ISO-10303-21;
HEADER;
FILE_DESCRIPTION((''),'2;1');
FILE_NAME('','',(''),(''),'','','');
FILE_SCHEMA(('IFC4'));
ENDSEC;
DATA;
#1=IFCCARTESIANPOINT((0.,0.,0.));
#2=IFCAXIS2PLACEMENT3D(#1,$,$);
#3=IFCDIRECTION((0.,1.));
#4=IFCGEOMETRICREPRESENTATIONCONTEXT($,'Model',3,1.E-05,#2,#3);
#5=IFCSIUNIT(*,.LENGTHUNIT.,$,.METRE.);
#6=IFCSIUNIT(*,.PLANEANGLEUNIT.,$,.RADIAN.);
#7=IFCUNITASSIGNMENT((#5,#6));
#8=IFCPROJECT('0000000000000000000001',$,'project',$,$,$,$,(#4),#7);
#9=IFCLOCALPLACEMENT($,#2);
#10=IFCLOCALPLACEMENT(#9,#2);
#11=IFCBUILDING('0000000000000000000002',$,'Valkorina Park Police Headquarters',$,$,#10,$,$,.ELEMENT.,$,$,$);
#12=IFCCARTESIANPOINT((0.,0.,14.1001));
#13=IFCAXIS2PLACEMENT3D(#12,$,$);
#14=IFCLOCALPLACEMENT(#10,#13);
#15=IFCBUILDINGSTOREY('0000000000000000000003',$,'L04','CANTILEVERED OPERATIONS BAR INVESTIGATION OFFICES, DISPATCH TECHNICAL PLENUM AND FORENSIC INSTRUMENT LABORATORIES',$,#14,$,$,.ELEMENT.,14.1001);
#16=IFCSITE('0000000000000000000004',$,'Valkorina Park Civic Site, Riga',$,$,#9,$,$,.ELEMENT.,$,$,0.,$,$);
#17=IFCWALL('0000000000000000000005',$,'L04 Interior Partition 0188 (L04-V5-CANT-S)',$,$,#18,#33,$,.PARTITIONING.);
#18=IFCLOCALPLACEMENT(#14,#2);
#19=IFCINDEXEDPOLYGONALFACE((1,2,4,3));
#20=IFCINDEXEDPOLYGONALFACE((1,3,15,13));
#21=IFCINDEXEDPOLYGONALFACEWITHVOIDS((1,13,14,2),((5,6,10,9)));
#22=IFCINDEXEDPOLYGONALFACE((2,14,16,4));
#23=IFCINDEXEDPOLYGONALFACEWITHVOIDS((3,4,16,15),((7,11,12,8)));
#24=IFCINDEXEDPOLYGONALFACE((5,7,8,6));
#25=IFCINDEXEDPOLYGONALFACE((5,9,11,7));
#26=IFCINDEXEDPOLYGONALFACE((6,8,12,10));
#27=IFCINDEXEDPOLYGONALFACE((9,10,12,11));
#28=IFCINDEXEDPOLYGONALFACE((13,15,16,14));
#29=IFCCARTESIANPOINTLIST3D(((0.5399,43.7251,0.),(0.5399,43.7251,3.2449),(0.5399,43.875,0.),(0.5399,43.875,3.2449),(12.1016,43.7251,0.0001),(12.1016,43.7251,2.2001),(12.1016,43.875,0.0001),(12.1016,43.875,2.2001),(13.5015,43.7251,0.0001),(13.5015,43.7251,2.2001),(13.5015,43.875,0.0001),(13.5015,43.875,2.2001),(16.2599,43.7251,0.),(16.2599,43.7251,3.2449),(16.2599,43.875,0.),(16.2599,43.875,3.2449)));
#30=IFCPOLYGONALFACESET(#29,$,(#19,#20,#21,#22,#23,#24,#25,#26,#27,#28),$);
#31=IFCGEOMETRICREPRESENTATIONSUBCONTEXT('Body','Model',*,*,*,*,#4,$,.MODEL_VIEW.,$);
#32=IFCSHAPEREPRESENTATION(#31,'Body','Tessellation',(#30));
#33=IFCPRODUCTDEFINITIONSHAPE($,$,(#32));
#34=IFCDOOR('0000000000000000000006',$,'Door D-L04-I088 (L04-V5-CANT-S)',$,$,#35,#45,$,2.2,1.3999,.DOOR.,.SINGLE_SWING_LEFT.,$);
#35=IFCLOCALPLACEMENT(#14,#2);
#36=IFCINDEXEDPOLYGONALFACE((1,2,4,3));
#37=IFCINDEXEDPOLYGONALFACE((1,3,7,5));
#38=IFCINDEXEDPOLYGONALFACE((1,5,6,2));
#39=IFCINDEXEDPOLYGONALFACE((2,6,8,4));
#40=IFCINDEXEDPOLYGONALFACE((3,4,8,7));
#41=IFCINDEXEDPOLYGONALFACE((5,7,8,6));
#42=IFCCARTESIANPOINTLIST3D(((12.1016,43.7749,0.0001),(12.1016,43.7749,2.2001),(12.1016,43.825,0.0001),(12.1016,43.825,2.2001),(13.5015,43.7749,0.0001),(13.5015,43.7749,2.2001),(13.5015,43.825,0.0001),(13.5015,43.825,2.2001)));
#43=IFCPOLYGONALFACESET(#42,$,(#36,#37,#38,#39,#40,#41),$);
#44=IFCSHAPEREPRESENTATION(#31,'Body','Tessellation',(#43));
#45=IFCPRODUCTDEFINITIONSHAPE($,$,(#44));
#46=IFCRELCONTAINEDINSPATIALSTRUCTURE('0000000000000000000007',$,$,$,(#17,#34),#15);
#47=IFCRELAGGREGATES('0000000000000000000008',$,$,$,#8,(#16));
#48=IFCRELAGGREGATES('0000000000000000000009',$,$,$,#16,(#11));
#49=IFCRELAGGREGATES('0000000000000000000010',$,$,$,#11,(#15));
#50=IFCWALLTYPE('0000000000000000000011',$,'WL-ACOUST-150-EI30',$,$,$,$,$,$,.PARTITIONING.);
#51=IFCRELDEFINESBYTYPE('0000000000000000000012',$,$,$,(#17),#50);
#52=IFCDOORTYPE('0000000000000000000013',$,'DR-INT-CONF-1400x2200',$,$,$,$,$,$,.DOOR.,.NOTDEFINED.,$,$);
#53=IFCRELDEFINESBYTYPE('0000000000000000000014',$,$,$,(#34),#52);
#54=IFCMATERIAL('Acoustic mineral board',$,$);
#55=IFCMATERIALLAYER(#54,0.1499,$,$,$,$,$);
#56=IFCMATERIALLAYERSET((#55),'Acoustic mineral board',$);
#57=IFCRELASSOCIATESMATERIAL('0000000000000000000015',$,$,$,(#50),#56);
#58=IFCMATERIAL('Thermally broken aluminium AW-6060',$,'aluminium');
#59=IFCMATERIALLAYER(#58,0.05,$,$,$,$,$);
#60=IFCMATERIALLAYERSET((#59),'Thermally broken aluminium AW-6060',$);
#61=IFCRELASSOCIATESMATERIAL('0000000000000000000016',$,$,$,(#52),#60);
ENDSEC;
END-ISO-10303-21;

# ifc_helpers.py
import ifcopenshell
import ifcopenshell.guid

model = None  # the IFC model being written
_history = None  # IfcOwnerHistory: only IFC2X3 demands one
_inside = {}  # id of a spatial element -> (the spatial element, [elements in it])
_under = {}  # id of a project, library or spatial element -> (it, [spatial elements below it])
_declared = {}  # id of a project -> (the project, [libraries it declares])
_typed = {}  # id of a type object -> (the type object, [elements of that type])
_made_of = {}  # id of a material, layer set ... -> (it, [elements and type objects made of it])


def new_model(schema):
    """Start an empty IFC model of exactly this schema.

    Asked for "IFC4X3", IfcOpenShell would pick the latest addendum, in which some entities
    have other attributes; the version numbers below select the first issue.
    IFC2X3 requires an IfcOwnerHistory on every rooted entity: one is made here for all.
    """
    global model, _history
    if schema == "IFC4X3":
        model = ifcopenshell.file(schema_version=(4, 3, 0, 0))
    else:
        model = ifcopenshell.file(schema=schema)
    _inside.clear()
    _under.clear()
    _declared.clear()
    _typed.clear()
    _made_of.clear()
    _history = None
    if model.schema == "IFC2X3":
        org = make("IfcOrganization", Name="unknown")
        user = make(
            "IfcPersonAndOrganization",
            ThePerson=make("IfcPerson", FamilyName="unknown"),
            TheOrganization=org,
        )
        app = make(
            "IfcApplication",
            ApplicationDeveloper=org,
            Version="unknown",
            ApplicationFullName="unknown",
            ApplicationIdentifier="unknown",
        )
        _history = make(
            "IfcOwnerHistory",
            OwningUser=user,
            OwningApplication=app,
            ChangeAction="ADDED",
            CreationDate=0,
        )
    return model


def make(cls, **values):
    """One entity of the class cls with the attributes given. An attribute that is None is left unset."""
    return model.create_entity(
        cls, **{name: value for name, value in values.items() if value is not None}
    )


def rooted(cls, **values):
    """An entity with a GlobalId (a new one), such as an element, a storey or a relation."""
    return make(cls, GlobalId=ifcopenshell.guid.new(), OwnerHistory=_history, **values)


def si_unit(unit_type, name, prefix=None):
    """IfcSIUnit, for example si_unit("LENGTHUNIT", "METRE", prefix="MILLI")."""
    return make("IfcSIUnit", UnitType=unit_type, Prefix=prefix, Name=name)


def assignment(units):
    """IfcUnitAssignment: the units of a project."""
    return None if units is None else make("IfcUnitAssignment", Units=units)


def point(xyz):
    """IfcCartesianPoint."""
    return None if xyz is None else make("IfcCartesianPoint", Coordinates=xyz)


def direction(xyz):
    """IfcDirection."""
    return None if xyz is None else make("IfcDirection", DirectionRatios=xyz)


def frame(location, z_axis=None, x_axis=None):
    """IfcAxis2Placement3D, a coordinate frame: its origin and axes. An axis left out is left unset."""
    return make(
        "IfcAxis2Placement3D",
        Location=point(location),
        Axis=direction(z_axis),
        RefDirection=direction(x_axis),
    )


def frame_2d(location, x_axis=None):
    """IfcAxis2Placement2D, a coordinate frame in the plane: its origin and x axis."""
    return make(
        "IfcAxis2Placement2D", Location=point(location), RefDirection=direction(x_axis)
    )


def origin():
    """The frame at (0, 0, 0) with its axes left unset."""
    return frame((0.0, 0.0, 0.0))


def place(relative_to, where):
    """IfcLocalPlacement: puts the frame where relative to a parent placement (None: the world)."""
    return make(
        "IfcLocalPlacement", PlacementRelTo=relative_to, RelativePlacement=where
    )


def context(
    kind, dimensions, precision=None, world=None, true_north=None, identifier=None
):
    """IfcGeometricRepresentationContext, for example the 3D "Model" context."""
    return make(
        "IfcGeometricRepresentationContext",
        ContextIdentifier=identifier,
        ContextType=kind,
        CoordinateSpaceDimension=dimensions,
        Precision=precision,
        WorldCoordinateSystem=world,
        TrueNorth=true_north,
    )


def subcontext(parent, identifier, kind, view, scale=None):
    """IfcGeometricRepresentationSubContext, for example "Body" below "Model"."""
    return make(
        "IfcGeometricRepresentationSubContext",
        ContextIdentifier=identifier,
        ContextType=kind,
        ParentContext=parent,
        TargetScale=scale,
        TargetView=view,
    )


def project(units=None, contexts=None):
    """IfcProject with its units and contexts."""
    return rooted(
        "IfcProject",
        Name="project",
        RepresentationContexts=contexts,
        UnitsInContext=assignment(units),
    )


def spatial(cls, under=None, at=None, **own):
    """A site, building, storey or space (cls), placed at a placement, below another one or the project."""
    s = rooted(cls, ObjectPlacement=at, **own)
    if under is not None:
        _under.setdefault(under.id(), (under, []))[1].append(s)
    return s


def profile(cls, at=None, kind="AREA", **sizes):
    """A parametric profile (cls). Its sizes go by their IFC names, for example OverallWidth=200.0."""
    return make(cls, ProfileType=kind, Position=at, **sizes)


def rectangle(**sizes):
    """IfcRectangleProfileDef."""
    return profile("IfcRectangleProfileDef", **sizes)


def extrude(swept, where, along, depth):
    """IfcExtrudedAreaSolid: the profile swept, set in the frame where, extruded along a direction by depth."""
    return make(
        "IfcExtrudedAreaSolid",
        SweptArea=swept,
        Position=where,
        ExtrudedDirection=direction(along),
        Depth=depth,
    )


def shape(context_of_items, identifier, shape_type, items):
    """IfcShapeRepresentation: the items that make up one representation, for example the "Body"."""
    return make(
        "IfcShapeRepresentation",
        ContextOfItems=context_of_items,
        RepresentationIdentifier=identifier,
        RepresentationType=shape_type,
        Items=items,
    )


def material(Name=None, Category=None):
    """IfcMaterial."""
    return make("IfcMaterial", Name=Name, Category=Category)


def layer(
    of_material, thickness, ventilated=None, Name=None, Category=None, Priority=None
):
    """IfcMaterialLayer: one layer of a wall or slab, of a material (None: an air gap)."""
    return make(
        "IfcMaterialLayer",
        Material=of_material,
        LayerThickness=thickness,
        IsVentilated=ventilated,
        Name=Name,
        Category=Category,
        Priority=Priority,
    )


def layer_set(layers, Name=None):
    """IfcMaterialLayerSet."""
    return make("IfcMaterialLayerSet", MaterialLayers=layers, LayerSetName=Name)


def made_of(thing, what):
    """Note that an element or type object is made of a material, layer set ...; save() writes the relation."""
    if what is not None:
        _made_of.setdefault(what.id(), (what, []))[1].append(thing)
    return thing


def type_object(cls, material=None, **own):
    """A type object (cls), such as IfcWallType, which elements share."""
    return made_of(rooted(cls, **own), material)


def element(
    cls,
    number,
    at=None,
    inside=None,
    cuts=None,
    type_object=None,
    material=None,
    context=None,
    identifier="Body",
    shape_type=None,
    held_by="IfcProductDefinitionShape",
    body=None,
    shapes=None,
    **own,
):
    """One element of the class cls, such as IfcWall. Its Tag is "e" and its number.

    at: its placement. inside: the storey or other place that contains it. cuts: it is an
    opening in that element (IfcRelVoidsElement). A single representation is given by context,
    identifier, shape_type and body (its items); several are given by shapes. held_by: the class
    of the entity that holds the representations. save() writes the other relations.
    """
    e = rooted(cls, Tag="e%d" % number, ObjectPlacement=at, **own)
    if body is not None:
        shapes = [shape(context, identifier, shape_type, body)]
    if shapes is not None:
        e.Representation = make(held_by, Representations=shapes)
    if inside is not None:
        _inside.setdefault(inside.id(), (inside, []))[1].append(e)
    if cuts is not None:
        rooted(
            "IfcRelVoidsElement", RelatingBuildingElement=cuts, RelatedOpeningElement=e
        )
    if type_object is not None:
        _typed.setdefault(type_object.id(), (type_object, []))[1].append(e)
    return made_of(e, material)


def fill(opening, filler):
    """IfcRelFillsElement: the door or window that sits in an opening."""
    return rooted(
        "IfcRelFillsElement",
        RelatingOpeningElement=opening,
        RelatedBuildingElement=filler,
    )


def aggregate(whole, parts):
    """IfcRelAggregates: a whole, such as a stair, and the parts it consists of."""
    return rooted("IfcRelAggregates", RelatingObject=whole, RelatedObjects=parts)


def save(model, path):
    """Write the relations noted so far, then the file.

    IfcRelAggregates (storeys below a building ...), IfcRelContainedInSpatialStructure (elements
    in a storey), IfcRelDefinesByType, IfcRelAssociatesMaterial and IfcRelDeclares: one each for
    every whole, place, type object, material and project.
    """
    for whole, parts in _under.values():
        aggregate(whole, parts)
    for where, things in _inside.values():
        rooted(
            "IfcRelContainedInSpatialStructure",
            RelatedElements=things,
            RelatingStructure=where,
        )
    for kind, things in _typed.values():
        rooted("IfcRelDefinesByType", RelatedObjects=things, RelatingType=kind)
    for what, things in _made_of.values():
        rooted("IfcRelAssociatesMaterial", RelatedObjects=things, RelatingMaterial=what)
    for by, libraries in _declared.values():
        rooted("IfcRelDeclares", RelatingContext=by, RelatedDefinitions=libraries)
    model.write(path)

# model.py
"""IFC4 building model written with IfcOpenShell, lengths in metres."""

from ifc_helpers import new_model, si_unit, direction, frame, frame_2d, origin, place, context, subcontext, project, spatial, rectangle, extrude, material, layer, layer_set, type_object, element, fill, save


model = new_model("IFC4")

# Units and contexts
model_context = context("Model", 3, precision=1e-05, world=origin(), true_north=direction((0.0, 1.0)))
body_context = subcontext(model_context, "Body", "Model", "MODEL_VIEW")
ifc_project = project(units=[si_unit("LENGTHUNIT", "METRE"), si_unit("PLANEANGLEUNIT", "RADIAN")], contexts=[model_context])

# Site, building, storey
site_placement = place(None, origin())
site = spatial("IfcSite", under=ifc_project, at=site_placement, Name="Valkorina Park Civic Site, Riga", CompositionType="ELEMENT", RefElevation=0.0)
building_placement = place(site_placement, origin())
building = spatial("IfcBuilding", under=site, at=building_placement, Name="Valkorina Park Police Headquarters", CompositionType="ELEMENT")
storey_placement = place(building_placement, frame((0.0, 0.0, 14.1001)))
storey = spatial("IfcBuildingStorey", under=building, at=storey_placement, Name="L04", Description="CANTILEVERED OPERATIONS BAR INVESTIGATION OFFICES, DISPATCH TECHNICAL PLENUM AND FORENSIC INSTRUMENT LABORATORIES", CompositionType="ELEMENT", Elevation=14.1001)

# Shared definitions
ifc_material_1 = material(Name="Thermally broken aluminium AW-6060", Category="aluminium")

# Wall, opening, door
ifc_material_2 = material(Name="Acoustic mineral board")
ifc_layer_1 = layer(ifc_material_2, 0.1499)
ifc_layer_set_1 = layer_set([ifc_layer_1], Name="Acoustic mineral board")
wall_type = type_object("IfcWallType", Name="WL-ACOUST-150-EI30", PredefinedType="PARTITIONING", material=ifc_layer_set_1)
wall_placement = place(storey_placement, frame((0.54, 43.8, 0.0), z_axis=(0.0, 0.0, 1.0), x_axis=(1.0, 0.0, 0.0)))
wall = element("IfcWall", 1, at=wall_placement, inside=storey, type_object=wall_type, Name="L04 Interior Partition 0188 (L04-V5-CANT-S)", PredefinedType="PARTITIONING", context=body_context, shape_type="SweptSolid", body=[
    extrude(rectangle(XDim=15.72, YDim=0.1499, at=frame_2d((7.8599, 0.0))), origin(), (0.0, 0.0, 1.0), 3.2449),
])
opening_placement = place(wall_placement, frame((11.5615, 0.0, 0.0)))
opening = element("IfcOpeningElement", 2, at=opening_placement, cuts=wall, PredefinedType="OPENING", context=body_context, shape_type="SweptSolid", body=[
    extrude(rectangle(XDim=1.3999, YDim=2.2, at=frame_2d((0.7, 1.1001))), frame((0.0, 0.085, 0.0), z_axis=(0.0, -1.0, 0.0), x_axis=(1.0, 0.0, 0.0)), (0.0, 0.0, 1.0), 0.1699),
])
ifc_layer_2 = layer(ifc_material_1, 0.05)
ifc_layer_set_2 = layer_set([ifc_layer_2], Name="Thermally broken aluminium AW-6060")
door_type = type_object("IfcDoorType", Name="DR-INT-CONF-1400x2200", OperationType="NOTDEFINED", PredefinedType="DOOR", material=ifc_layer_set_2)
door_placement = place(opening_placement, origin())
door = element("IfcDoor", 3, at=door_placement, inside=storey, type_object=door_type, Name="Door D-L04-I088 (L04-V5-CANT-S)", OperationType="SINGLE_SWING_LEFT", OverallHeight=2.2, OverallWidth=1.3999, PredefinedType="DOOR", context=body_context, shape_type="SweptSolid", body=[
    extrude(rectangle(XDim=1.3999, YDim=2.2, at=frame_2d((0.7, 1.1001))), frame((0.0, 0.0249, 0.0), z_axis=(0.0, -1.0, 0.0), x_axis=(1.0, 0.0, 0.0)), (0.0, 0.0, 1.0), 0.05),
])
fill(opening, door)

save(model, "model.ifc")
